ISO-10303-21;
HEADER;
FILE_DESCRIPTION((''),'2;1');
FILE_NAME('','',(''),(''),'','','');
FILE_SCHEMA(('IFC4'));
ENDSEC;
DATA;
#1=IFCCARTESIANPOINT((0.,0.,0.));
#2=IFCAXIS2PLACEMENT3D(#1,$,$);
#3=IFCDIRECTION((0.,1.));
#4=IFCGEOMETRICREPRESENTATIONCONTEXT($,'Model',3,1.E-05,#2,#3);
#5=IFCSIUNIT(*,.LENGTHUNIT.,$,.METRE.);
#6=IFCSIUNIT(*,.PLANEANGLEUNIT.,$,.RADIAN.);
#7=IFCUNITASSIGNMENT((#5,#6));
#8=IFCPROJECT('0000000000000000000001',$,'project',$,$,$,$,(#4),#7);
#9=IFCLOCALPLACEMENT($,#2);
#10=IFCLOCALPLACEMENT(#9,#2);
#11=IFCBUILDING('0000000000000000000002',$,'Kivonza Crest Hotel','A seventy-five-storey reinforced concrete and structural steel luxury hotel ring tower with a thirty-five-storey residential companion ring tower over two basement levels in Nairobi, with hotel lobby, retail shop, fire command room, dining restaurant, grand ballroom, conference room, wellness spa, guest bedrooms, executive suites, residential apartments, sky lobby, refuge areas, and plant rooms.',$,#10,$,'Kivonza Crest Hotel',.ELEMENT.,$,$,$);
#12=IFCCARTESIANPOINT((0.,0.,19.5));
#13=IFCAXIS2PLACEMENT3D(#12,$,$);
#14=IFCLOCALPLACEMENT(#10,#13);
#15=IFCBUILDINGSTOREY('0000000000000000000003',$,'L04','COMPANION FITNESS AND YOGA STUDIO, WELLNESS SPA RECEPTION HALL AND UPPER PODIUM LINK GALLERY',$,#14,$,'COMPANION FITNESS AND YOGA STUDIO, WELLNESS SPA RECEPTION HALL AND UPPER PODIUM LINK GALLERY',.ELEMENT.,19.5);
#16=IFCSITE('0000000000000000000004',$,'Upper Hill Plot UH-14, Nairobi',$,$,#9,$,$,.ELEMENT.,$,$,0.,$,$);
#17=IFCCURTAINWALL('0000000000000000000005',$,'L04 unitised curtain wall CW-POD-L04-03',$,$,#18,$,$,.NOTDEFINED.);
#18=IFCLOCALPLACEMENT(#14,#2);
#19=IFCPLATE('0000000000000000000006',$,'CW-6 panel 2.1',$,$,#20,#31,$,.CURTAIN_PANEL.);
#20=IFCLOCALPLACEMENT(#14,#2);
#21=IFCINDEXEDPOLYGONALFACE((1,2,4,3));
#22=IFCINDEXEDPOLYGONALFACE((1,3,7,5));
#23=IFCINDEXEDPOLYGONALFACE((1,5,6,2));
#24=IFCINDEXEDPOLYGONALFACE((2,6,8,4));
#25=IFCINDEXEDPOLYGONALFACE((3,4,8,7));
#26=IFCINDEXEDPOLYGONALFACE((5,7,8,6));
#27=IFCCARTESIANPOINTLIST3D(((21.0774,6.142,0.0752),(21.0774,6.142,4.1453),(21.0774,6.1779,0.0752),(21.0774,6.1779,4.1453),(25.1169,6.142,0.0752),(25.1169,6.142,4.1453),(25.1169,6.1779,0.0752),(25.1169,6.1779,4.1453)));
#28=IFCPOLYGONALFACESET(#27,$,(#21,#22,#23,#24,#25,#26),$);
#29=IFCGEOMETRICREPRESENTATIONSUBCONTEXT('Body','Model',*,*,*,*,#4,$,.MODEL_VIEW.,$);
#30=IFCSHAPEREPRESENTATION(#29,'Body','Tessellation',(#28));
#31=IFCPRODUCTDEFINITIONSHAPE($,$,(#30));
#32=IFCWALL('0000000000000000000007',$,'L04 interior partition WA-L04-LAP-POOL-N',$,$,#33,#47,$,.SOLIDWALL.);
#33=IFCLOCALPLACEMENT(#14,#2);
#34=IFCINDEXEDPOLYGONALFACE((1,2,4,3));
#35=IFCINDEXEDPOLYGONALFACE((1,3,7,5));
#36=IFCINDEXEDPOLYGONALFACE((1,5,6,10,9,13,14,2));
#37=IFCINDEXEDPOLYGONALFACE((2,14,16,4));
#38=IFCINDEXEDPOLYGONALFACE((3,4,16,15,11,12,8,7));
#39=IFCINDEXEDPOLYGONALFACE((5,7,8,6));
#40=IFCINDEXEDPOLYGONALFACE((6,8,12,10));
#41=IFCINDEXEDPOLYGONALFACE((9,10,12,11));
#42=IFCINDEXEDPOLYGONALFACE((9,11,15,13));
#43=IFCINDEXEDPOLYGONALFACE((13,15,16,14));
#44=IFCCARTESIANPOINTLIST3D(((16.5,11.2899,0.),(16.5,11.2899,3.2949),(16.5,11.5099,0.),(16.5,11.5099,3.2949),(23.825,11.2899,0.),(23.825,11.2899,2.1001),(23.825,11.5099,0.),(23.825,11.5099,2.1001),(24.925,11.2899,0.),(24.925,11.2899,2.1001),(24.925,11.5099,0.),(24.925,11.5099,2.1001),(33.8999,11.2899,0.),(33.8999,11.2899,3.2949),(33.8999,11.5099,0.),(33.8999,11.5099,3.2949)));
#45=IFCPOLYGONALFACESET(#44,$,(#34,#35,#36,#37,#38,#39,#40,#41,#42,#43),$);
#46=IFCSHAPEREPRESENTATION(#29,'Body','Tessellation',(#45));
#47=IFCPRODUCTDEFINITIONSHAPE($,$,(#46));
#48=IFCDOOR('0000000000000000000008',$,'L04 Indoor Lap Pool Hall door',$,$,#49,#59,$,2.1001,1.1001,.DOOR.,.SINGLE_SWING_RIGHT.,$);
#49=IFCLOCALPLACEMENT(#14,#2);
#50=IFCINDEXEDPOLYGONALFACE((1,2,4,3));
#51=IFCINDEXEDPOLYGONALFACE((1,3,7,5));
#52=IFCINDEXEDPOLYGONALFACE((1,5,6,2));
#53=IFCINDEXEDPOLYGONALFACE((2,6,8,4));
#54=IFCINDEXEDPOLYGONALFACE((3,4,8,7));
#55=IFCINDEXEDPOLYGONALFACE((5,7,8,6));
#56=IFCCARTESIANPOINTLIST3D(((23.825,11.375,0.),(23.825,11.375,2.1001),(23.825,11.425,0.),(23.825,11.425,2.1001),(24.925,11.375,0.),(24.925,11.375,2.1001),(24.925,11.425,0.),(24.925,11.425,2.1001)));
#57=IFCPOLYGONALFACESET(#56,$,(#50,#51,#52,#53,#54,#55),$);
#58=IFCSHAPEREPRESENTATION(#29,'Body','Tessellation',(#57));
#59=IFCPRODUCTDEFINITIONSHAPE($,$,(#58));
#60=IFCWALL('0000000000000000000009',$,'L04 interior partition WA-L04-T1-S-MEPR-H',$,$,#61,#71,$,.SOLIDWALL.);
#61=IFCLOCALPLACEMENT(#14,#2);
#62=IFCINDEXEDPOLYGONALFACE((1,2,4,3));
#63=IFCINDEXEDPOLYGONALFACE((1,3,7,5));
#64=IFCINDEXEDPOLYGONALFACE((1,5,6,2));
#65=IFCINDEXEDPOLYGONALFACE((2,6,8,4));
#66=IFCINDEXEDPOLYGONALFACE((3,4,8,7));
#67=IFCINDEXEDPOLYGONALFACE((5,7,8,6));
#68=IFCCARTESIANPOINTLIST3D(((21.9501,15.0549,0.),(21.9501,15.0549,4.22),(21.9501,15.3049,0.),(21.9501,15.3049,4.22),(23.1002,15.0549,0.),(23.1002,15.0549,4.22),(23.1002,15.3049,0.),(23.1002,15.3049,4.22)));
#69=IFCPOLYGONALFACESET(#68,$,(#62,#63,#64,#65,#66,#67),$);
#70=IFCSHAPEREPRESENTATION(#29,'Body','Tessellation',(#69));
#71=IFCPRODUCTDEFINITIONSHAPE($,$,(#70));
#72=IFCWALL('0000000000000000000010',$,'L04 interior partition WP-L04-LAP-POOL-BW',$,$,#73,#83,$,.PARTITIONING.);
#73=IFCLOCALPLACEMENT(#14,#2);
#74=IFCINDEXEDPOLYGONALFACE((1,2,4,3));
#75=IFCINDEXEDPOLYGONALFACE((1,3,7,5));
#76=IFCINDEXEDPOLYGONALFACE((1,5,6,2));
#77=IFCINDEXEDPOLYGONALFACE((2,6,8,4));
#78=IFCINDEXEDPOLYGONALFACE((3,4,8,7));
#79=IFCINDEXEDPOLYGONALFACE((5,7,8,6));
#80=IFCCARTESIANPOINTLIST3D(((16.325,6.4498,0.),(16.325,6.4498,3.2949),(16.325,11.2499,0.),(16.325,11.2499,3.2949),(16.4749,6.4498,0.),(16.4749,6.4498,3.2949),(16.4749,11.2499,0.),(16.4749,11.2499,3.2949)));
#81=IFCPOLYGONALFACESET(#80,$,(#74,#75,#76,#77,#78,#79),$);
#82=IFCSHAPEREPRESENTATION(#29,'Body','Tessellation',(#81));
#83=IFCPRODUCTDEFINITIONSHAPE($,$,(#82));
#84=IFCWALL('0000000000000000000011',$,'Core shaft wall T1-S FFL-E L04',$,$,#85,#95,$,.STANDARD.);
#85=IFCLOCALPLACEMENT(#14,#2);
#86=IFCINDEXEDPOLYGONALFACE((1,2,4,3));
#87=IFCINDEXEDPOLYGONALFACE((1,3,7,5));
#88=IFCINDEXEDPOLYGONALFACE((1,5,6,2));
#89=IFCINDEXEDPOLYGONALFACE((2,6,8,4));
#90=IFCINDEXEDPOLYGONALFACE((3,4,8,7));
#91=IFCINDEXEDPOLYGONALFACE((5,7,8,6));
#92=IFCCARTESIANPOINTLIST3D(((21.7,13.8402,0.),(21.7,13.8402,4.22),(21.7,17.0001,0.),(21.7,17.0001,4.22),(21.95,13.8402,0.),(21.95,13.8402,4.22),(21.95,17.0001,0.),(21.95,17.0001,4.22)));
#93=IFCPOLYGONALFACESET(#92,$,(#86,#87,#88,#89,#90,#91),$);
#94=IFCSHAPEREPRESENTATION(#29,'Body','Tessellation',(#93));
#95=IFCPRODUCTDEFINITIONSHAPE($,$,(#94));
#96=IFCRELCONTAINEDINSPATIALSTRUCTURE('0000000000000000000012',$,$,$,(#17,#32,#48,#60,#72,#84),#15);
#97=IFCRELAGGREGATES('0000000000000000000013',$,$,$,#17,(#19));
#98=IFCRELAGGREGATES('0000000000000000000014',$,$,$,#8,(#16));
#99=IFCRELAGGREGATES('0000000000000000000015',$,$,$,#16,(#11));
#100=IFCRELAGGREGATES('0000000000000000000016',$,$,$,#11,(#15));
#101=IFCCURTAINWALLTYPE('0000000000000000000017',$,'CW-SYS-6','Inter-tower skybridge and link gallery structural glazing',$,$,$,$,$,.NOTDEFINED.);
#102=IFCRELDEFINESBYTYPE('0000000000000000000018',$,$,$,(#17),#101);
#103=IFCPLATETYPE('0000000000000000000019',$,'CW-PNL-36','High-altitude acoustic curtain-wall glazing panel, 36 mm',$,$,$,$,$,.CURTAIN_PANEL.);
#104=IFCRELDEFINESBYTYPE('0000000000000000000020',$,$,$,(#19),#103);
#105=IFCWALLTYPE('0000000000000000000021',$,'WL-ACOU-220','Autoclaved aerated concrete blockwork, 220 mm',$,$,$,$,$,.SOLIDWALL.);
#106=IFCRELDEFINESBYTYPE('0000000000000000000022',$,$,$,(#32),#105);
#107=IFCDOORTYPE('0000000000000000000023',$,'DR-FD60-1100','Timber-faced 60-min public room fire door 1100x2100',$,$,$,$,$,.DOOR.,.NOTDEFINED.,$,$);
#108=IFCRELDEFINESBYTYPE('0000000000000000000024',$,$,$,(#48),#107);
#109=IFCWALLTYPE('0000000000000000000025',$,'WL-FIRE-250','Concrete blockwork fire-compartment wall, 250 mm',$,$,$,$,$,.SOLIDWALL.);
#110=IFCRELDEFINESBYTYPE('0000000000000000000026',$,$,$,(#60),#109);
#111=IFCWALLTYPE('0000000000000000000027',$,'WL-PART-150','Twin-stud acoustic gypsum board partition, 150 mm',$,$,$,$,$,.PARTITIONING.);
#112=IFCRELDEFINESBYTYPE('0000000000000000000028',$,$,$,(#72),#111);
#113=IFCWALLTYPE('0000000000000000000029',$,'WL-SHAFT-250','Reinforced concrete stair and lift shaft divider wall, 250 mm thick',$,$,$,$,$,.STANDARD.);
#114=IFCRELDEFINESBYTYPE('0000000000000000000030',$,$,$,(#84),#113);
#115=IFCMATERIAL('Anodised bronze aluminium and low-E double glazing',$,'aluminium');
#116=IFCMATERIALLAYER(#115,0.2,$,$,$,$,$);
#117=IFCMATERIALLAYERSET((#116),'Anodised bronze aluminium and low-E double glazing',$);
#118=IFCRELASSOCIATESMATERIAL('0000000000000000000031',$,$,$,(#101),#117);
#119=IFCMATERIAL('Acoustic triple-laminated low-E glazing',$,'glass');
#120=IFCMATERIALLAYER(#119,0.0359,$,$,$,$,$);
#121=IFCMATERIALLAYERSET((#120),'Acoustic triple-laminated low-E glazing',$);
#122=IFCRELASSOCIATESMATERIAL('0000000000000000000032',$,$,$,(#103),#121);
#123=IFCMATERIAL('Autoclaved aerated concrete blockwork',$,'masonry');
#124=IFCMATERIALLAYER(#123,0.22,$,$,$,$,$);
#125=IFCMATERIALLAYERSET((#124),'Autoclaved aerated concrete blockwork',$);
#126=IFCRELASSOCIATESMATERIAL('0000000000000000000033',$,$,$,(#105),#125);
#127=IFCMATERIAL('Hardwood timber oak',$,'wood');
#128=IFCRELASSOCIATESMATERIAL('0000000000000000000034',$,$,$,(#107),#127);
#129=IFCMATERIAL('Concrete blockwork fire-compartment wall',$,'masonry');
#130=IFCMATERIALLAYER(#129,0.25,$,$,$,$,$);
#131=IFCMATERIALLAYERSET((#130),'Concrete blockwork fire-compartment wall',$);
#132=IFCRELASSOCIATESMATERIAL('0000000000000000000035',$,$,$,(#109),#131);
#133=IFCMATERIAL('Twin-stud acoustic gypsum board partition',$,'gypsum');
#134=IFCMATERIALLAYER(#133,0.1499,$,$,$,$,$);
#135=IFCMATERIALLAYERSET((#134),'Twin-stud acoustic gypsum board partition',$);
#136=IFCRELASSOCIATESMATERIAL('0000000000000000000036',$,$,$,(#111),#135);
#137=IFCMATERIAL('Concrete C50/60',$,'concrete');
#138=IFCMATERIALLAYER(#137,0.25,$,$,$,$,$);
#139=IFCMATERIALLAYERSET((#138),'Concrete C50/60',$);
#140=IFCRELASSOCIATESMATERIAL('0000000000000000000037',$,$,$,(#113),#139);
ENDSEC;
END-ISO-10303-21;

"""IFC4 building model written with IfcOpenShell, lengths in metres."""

from ifc_helpers import new_model, si_unit, direction, frame, frame_2d, origin, origin_2d, place, context, subcontext, project, spatial, rectangle, extrude, material, layer, layer_set, type_object, element, fill, aggregate, save


model = new_model("IFC4")

# Units and contexts
model_context = context("Model", 3, precision=1e-05, world=origin(), true_north=direction((0.0, 1.0)))
body_context = subcontext(model_context, "Body", "Model", "MODEL_VIEW")
ifc_project = project(units=[si_unit("LENGTHUNIT", "METRE"), si_unit("PLANEANGLEUNIT", "RADIAN")], contexts=[model_context])

# Site, building, storey
site_placement = place(None, origin())
site = spatial("IfcSite", under=ifc_project, at=site_placement, Name="Upper Hill Plot UH-14, Nairobi", CompositionType="ELEMENT", RefElevation=0.0)
building_placement = place(site_placement, origin())
building = spatial("IfcBuilding", under=site, at=building_placement, Name="Kivonza Crest Hotel", Description="A seventy-five-storey reinforced concrete and structural steel luxury hotel ring tower with a thirty-five-storey residential companion ring tower over two basement levels in Nairobi, with hotel lobby, retail shop, fire command room, dining restaurant, grand ballroom, conference room, wellness spa, guest bedrooms, executive suites, residential apartments, sky lobby, refuge areas, and plant rooms.", LongName="Kivonza Crest Hotel", CompositionType="ELEMENT")
storey_placement = place(building_placement, frame((0.0, 0.0, 19.5)))
storey = spatial("IfcBuildingStorey", under=building, at=storey_placement, Name="L04", Description="COMPANION FITNESS AND YOGA STUDIO, WELLNESS SPA RECEPTION HALL AND UPPER PODIUM LINK GALLERY", LongName="COMPANION FITNESS AND YOGA STUDIO, WELLNESS SPA RECEPTION HALL AND UPPER PODIUM LINK GALLERY", CompositionType="ELEMENT", Elevation=19.5)

# Shared definitions
ifc_material_1 = material(Name="Anodised bronze aluminium and low-E double glazing", Category="aluminium")
ifc_layer_1 = layer(ifc_material_1, 0.2)
ifc_layer_set_1 = layer_set([ifc_layer_1], Name="Anodised bronze aluminium and low-E double glazing")
curtain_wall_type = type_object("IfcCurtainWallType", Name="CW-SYS-6", Description="Inter-tower skybridge and link gallery structural glazing", PredefinedType="NOTDEFINED", material=ifc_layer_set_1)

# Curtain wall
curtain_wall_1_placement = place(storey_placement, origin())
curtain_wall_1 = element("IfcCurtainWall", 1, at=curtain_wall_1_placement, inside=storey, type_object=curtain_wall_type, Name="L04 unitised curtain wall CW-POD-L04-03", PredefinedType="NOTDEFINED")

# Plate
ifc_material_2 = material(Name="Acoustic triple-laminated low-E glazing", Category="glass")
ifc_layer_2 = layer(ifc_material_2, 0.0359)
ifc_layer_set_2 = layer_set([ifc_layer_2], Name="Acoustic triple-laminated low-E glazing")
plate_type = type_object("IfcPlateType", Name="CW-PNL-36", Description="High-altitude acoustic curtain-wall glazing panel, 36 mm", PredefinedType="CURTAIN_PANEL", material=ifc_layer_set_2)
plate_1_placement = place(storey_placement, frame((23.0972, 6.1599, 0.0752), z_axis=(0.0, 0.0, 1.0), x_axis=(1.0, 0.0, 0.0)))
plate_1 = element("IfcPlate", 2, at=plate_1_placement, type_object=plate_type, Name="CW-6 panel 2.1", PredefinedType="CURTAIN_PANEL", context=body_context, shape_type="SweptSolid", body=[
    extrude(rectangle(XDim=4.0396, YDim=0.0359, at=origin_2d()), origin(), (0.0, 0.0, 1.0), 4.0701),
])
aggregate(curtain_wall_1, [plate_1])

# Wall, opening, door
ifc_material_3 = material(Name="Autoclaved aerated concrete blockwork", Category="masonry")
ifc_layer_3 = layer(ifc_material_3, 0.22)
ifc_layer_set_3 = layer_set([ifc_layer_3], Name="Autoclaved aerated concrete blockwork")
wall_type_1 = type_object("IfcWallType", Name="WL-ACOU-220", Description="Autoclaved aerated concrete blockwork, 220 mm", PredefinedType="SOLIDWALL", material=ifc_layer_set_3)
wall_1_placement = place(storey_placement, frame((16.5, 11.3999, 0.0), z_axis=(0.0, 0.0, 1.0), x_axis=(1.0, 0.0, 0.0)))
wall_1 = element("IfcWall", 3, at=wall_1_placement, inside=storey, type_object=wall_type_1, Name="L04 interior partition WA-L04-LAP-POOL-N", PredefinedType="SOLIDWALL", context=body_context, shape_type="SweptSolid", body=[
    extrude(rectangle(XDim=17.3999, YDim=0.22, at=frame_2d((8.7, 0.0))), origin(), (0.0, 0.0, 1.0), 3.2949),
])
opening_1_placement = place(wall_1_placement, frame((7.325, 0.0, 0.0)))
opening_1 = element("IfcOpeningElement", 4, at=opening_1_placement, cuts=wall_1, PredefinedType="OPENING", context=body_context, shape_type="SweptSolid", body=[
    extrude(rectangle(XDim=1.1001, YDim=2.1001, at=frame_2d((0.55, 1.05))), frame((0.0, 0.1201, 0.0), z_axis=(0.0, -1.0, 0.0), x_axis=(1.0, 0.0, 0.0)), (0.0, 0.0, 1.0), 0.24),
])
ifc_material_4 = material(Name="Hardwood timber oak", Category="wood")
door_type_1 = type_object("IfcDoorType", Name="DR-FD60-1100", Description="Timber-faced 60-min public room fire door 1100x2100", OperationType="NOTDEFINED", PredefinedType="DOOR", material=ifc_material_4)
door_1_placement = place(opening_1_placement, frame((1.1001, 0.0, 0.0), z_axis=(0.0, 0.0, 1.0), x_axis=(-1.0, 0.0, 0.0)))
door_1 = element("IfcDoor", 5, at=door_1_placement, inside=storey, type_object=door_type_1, Name="L04 Indoor Lap Pool Hall door", OperationType="SINGLE_SWING_RIGHT", OverallHeight=2.1001, OverallWidth=1.1001, PredefinedType="DOOR", context=body_context, shape_type="SweptSolid", body=[
    extrude(rectangle(XDim=1.1001, YDim=2.1001, at=frame_2d((0.55, 1.05))), frame((0.0, 0.0249, 0.0), z_axis=(0.0, -1.0, 0.0), x_axis=(1.0, 0.0, 0.0)), (0.0, 0.0, 1.0), 0.05),
])
fill(opening_1, door_1)

# Walls
ifc_material_5 = material(Name="Concrete blockwork fire-compartment wall", Category="masonry")
ifc_layer_4 = layer(ifc_material_5, 0.25)
ifc_layer_set_4 = layer_set([ifc_layer_4], Name="Concrete blockwork fire-compartment wall")
wall_type_2 = type_object("IfcWallType", Name="WL-FIRE-250", Description="Concrete blockwork fire-compartment wall, 250 mm", PredefinedType="SOLIDWALL", material=ifc_layer_set_4)
wall_2_placement = place(storey_placement, frame((21.95, 15.1799, 0.0), z_axis=(0.0, 0.0, 1.0), x_axis=(1.0, 0.0, 0.0)))
element("IfcWall", 6, at=wall_2_placement, inside=storey, type_object=wall_type_2, Name="L04 interior partition WA-L04-T1-S-MEPR-H", PredefinedType="SOLIDWALL", context=body_context, shape_type="SweptSolid", body=[
    extrude(rectangle(XDim=1.1501, YDim=0.25, at=frame_2d((0.5752, 0.0))), origin(), (0.0, 0.0, 1.0), 4.22),
])
ifc_material_6 = material(Name="Twin-stud acoustic gypsum board partition", Category="gypsum")
ifc_layer_5 = layer(ifc_material_6, 0.1499)
ifc_layer_set_5 = layer_set([ifc_layer_5], Name="Twin-stud acoustic gypsum board partition")
wall_type_3 = type_object("IfcWallType", Name="WL-PART-150", Description="Twin-stud acoustic gypsum board partition, 150 mm", PredefinedType="PARTITIONING", material=ifc_layer_set_5)
wall_3_placement = place(storey_placement, frame((16.3999, 6.45, 0.0), z_axis=(0.0, 0.0, 1.0), x_axis=(0.0, 1.0, 0.0)))
element("IfcWall", 7, at=wall_3_placement, inside=storey, type_object=wall_type_3, Name="L04 interior partition WP-L04-LAP-POOL-BW", PredefinedType="PARTITIONING", context=body_context, shape_type="SweptSolid", body=[
    extrude(rectangle(XDim=4.8, YDim=0.1499, at=frame_2d((2.3999, 0.0))), origin(), (0.0, 0.0, 1.0), 3.2949),
])

# Shared definitions
ifc_material_7 = material(Name="Concrete C50/60", Category="concrete")
ifc_layer_6 = layer(ifc_material_7, 0.25)
ifc_layer_set_6 = layer_set([ifc_layer_6], Name="Concrete C50/60")
wall_type_4 = type_object("IfcWallType", Name="WL-SHAFT-250", Description="Reinforced concrete stair and lift shaft divider wall, 250 mm thick", PredefinedType="STANDARD", material=ifc_layer_set_6)

# Wall
wall_4_placement = place(storey_placement, frame((21.825, 13.8401, 0.0), z_axis=(0.0, 0.0, 1.0), x_axis=(0.0, 1.0, 0.0)))
element("IfcWall", 8, at=wall_4_placement, inside=storey, type_object=wall_type_4, Name="Core shaft wall T1-S FFL-E L04", PredefinedType="STANDARD", context=body_context, shape_type="SweptSolid", body=[
    extrude(rectangle(XDim=3.1599, YDim=0.25, at=frame_2d((1.5801, 0.0))), origin(), (0.0, 0.0, 1.0), 4.22),
])

save(model, "model.ifc")
